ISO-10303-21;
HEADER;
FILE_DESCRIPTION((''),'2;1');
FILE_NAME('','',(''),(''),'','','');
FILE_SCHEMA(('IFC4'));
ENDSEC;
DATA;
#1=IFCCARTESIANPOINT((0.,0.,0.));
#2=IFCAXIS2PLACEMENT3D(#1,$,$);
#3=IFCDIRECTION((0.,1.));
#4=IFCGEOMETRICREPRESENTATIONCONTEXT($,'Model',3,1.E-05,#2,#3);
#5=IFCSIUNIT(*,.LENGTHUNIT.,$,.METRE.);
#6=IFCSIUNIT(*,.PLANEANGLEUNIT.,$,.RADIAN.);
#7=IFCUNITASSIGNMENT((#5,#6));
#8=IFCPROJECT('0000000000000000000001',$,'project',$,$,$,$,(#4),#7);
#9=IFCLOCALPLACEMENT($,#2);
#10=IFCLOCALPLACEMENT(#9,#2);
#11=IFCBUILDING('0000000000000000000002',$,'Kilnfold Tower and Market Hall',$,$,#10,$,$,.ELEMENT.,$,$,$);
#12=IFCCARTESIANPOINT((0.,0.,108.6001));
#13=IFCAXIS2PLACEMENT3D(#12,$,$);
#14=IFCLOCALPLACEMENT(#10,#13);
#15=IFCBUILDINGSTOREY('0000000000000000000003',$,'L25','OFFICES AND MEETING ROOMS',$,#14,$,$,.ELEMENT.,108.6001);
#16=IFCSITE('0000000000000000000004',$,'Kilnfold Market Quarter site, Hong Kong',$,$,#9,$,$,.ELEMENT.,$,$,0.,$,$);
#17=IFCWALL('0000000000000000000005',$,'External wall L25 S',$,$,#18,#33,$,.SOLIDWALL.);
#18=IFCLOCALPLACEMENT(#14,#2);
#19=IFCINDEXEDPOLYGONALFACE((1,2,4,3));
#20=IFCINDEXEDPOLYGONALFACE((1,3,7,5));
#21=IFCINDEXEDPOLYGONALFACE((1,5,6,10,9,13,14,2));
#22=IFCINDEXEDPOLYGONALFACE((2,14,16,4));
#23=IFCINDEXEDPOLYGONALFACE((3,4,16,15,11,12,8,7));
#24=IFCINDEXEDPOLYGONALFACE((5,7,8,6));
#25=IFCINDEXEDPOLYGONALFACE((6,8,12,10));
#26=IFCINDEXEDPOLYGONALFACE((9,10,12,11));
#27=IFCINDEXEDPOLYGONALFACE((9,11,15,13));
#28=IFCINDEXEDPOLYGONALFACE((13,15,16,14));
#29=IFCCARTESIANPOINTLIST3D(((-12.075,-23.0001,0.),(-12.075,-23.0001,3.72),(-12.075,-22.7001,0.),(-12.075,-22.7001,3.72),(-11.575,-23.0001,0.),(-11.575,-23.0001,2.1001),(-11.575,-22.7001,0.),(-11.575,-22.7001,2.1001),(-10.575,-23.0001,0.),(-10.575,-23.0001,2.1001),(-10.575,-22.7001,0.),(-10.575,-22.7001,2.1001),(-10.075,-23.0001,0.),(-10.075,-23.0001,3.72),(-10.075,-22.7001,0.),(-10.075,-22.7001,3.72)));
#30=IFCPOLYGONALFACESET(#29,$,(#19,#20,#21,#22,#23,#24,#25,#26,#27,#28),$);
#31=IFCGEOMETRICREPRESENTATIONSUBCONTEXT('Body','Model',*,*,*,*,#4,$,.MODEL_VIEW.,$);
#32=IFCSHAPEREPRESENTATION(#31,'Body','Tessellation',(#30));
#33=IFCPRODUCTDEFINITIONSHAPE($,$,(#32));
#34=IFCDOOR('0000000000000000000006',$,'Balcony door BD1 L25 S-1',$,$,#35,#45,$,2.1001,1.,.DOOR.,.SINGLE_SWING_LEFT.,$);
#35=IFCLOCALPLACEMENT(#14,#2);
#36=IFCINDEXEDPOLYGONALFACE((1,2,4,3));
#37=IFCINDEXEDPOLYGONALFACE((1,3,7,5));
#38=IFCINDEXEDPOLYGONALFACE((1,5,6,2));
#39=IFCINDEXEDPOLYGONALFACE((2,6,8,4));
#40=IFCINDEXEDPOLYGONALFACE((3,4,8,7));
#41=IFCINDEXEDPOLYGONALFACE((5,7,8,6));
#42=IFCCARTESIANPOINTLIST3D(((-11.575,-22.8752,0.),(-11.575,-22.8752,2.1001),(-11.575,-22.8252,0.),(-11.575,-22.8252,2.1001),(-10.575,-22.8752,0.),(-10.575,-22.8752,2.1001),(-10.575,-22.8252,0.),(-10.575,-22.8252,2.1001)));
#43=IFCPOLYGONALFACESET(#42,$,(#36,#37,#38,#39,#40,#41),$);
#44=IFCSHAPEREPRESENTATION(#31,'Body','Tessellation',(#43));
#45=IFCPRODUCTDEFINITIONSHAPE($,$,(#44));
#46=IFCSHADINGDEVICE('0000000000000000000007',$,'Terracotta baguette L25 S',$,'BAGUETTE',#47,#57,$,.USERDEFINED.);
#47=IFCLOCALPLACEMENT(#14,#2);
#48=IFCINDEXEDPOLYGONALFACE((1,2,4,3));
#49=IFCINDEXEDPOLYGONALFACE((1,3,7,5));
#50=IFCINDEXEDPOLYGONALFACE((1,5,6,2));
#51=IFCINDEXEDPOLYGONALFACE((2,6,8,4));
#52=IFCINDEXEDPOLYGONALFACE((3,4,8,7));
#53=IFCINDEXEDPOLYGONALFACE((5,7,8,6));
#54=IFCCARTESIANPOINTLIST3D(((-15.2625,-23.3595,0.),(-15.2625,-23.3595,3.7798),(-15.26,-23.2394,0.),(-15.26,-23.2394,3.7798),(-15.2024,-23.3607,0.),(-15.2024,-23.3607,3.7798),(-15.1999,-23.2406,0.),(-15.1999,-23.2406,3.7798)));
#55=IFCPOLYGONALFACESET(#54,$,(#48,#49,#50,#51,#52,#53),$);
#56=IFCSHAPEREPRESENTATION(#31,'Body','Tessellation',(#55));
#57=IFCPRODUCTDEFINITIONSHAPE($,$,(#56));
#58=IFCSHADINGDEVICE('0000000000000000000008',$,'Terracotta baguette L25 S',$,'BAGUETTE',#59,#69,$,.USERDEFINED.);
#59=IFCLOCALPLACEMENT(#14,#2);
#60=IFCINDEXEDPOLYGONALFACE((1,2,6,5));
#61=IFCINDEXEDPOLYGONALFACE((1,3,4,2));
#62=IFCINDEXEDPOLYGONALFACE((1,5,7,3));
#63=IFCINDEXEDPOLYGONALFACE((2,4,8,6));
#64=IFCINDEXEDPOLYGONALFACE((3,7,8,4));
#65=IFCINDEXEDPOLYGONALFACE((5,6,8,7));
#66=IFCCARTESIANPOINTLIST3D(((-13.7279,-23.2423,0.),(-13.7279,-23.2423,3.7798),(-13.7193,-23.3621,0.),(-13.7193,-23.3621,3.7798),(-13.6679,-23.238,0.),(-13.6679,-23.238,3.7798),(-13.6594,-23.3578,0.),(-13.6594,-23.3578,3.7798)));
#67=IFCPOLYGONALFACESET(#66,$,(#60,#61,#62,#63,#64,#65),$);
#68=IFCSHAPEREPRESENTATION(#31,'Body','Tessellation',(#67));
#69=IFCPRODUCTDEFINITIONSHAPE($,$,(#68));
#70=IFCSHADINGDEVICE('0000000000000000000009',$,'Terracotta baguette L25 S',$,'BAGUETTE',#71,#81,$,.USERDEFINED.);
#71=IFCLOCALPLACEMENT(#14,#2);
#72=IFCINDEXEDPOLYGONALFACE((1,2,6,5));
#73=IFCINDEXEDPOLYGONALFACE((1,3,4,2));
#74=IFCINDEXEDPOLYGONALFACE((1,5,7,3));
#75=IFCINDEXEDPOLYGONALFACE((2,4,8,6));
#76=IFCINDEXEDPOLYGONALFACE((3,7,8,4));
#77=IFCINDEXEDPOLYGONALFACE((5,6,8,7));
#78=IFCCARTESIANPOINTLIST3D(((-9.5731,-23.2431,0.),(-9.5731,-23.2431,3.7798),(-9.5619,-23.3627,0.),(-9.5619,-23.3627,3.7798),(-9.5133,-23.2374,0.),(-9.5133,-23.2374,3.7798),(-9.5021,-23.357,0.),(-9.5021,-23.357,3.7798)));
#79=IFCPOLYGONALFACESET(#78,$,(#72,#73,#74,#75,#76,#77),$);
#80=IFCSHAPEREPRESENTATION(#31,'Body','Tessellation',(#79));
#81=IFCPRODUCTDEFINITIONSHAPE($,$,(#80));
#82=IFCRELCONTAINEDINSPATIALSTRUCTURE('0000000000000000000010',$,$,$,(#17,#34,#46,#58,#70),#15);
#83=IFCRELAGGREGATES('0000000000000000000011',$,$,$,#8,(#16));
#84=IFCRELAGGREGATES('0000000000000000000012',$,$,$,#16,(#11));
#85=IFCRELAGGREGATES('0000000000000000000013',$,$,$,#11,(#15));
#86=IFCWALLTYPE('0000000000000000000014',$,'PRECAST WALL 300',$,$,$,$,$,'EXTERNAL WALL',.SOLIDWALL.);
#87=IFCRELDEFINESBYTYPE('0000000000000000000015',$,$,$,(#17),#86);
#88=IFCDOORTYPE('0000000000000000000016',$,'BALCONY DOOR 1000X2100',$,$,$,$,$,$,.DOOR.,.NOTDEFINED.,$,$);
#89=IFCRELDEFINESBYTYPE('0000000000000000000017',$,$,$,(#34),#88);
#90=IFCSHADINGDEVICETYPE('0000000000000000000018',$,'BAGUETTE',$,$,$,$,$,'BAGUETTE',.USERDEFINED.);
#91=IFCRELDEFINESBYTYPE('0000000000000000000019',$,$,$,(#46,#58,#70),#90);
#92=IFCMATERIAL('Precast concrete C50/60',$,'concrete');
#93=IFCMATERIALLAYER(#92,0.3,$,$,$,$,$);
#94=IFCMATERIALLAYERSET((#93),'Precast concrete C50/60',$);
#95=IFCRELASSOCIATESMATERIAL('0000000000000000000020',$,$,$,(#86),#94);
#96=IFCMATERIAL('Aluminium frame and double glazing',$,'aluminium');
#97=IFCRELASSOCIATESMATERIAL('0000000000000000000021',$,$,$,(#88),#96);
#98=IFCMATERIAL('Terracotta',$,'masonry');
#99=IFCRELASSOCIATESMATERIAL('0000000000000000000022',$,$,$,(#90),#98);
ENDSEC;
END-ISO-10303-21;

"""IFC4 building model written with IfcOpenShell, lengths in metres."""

from ifc_helpers import new_model, si_unit, direction, frame, frame_2d, origin, origin_2d, place, context, subcontext, project, spatial, rectangle, extrude, source, transform, mapped, material, layer, layer_set, material_profile, profile_set, type_object, element, fill, save


model = new_model("IFC4")

# Units and contexts
model_context = context("Model", 3, precision=1e-05, world=origin(), true_north=direction((0.0, 1.0)))
body_context = subcontext(model_context, "Body", "Model", "MODEL_VIEW")
ifc_project = project(units=[si_unit("LENGTHUNIT", "METRE"), si_unit("PLANEANGLEUNIT", "RADIAN")], contexts=[model_context])

# Site, building, storey
site_placement = place(None, origin())
site = spatial("IfcSite", under=ifc_project, at=site_placement, Name="Kilnfold Market Quarter site, Hong Kong", CompositionType="ELEMENT", RefElevation=0.0)
building_placement = place(site_placement, origin())
building = spatial("IfcBuilding", under=site, at=building_placement, Name="Kilnfold Tower and Market Hall", CompositionType="ELEMENT")
storey_placement = place(building_placement, frame((0.0, 0.0, 108.6001)))
storey = spatial("IfcBuildingStorey", under=building, at=storey_placement, Name="L25", Description="OFFICES AND MEETING ROOMS", CompositionType="ELEMENT", Elevation=108.6001)

# Wall, opening, door
ifc_material_1 = material(Name="Precast concrete C50/60", Category="concrete")
ifc_layer_1 = layer(ifc_material_1, 0.3)
ifc_layer_set_1 = layer_set([ifc_layer_1], Name="Precast concrete C50/60")
wall_type = type_object("IfcWallType", Name="PRECAST WALL 300", ElementType="EXTERNAL WALL", PredefinedType="SOLIDWALL", material=ifc_layer_set_1)
shared_shape_1 = source(origin(), body_context, "Body", "SweptSolid", [
    extrude(rectangle(XDim=2.0, YDim=0.3, at=frame_2d((1.0, 0.0))), origin(), (0.0, 0.0, 1.0), 3.72),
])
wall_placement = place(storey_placement, frame((-12.075, -22.8501, 0.0), z_axis=(0.0, 0.0, 1.0), x_axis=(1.0, 0.0, 0.0)))
wall = element("IfcWall", 1, at=wall_placement, inside=storey, type_object=wall_type, Name="External wall L25 S", PredefinedType="SOLIDWALL", context=body_context, shape_type="MappedRepresentation", body=[
    mapped(shared_shape_1, transform((0.0, 0.0, 0.0))),
])
opening_placement = place(wall_placement, frame((0.5, 0.0, 0.0)))
opening = element("IfcOpeningElement", 2, at=opening_placement, cuts=wall, PredefinedType="OPENING", context=body_context, shape_type="SweptSolid", body=[
    extrude(rectangle(XDim=1.0, YDim=2.1001, at=frame_2d((0.5, 1.05))), frame((0.0, 0.1602, 0.0), z_axis=(0.0, -1.0, 0.0), x_axis=(1.0, 0.0, 0.0)), (0.0, 0.0, 1.0), 0.3201),
])
ifc_material_2 = material(Name="Aluminium frame and double glazing", Category="aluminium")
door_type = type_object("IfcDoorType", Name="BALCONY DOOR 1000X2100", OperationType="NOTDEFINED", PredefinedType="DOOR", material=ifc_material_2)
door_placement = place(opening_placement, origin())
door = element("IfcDoor", 3, at=door_placement, inside=storey, type_object=door_type, Name="Balcony door BD1 L25 S-1", OperationType="SINGLE_SWING_LEFT", OverallHeight=2.1001, OverallWidth=1.0, PredefinedType="DOOR", context=body_context, shape_type="SweptSolid", body=[
    extrude(rectangle(XDim=1.0, YDim=2.1001, at=frame_2d((0.5, 1.05))), frame((0.0, 0.0249, 0.0), z_axis=(0.0, -1.0, 0.0), x_axis=(1.0, 0.0, 0.0)), (0.0, 0.0, 1.0), 0.05),
])
fill(opening, door)

# Shading devices
ifc_material_3 = material(Name="Terracotta", Category="masonry")
ifc_material_profile_1 = material_profile(ifc_material_3, rectangle(XDim=0.0601, YDim=0.1201, at=origin_2d()), Name="BAG 60x120")
ifc_profile_set_1 = profile_set([ifc_material_profile_1], Name="Terracotta")
shading_device_type = type_object("IfcShadingDeviceType", Name="BAGUETTE", ElementType="BAGUETTE", PredefinedType="USERDEFINED", material=ifc_profile_set_1)
shared_shape_2 = source(origin(), body_context, "Body", "SweptSolid", [
    extrude(rectangle(XDim=0.0601, YDim=0.1201, at=origin_2d()), origin(), (0.0, 0.0, 1.0), 3.7798),
])
for number, where, z_axis, x_axis, name in (
    (4, (-15.2312, -23.3, 0.0), (0.0, 0.0, 1.0), (0.999778, -0.021051, 0.0), "Terracotta baguette L25 S"),
    (5, (-13.6936, -23.3, 0.0), (0.0, 0.0, 1.0), (0.997436, 0.071567, 0.0), "Terracotta baguette L25 S"),
    (6, (-9.5376, -23.3, 0.0), (0.0, 0.0, 1.0), (0.995595, 0.093763, 0.0), "Terracotta baguette L25 S"),
):
    element("IfcShadingDevice", number, at=place(storey_placement, frame(where, z_axis=z_axis, x_axis=x_axis)), inside=storey, type_object=shading_device_type, Name=name, ObjectType="BAGUETTE", PredefinedType="USERDEFINED", context=body_context, shape_type="MappedRepresentation", body=[
        mapped(shared_shape_2, transform((0.0, 0.0, 0.0))),
    ])

save(model, "model.ifc")
